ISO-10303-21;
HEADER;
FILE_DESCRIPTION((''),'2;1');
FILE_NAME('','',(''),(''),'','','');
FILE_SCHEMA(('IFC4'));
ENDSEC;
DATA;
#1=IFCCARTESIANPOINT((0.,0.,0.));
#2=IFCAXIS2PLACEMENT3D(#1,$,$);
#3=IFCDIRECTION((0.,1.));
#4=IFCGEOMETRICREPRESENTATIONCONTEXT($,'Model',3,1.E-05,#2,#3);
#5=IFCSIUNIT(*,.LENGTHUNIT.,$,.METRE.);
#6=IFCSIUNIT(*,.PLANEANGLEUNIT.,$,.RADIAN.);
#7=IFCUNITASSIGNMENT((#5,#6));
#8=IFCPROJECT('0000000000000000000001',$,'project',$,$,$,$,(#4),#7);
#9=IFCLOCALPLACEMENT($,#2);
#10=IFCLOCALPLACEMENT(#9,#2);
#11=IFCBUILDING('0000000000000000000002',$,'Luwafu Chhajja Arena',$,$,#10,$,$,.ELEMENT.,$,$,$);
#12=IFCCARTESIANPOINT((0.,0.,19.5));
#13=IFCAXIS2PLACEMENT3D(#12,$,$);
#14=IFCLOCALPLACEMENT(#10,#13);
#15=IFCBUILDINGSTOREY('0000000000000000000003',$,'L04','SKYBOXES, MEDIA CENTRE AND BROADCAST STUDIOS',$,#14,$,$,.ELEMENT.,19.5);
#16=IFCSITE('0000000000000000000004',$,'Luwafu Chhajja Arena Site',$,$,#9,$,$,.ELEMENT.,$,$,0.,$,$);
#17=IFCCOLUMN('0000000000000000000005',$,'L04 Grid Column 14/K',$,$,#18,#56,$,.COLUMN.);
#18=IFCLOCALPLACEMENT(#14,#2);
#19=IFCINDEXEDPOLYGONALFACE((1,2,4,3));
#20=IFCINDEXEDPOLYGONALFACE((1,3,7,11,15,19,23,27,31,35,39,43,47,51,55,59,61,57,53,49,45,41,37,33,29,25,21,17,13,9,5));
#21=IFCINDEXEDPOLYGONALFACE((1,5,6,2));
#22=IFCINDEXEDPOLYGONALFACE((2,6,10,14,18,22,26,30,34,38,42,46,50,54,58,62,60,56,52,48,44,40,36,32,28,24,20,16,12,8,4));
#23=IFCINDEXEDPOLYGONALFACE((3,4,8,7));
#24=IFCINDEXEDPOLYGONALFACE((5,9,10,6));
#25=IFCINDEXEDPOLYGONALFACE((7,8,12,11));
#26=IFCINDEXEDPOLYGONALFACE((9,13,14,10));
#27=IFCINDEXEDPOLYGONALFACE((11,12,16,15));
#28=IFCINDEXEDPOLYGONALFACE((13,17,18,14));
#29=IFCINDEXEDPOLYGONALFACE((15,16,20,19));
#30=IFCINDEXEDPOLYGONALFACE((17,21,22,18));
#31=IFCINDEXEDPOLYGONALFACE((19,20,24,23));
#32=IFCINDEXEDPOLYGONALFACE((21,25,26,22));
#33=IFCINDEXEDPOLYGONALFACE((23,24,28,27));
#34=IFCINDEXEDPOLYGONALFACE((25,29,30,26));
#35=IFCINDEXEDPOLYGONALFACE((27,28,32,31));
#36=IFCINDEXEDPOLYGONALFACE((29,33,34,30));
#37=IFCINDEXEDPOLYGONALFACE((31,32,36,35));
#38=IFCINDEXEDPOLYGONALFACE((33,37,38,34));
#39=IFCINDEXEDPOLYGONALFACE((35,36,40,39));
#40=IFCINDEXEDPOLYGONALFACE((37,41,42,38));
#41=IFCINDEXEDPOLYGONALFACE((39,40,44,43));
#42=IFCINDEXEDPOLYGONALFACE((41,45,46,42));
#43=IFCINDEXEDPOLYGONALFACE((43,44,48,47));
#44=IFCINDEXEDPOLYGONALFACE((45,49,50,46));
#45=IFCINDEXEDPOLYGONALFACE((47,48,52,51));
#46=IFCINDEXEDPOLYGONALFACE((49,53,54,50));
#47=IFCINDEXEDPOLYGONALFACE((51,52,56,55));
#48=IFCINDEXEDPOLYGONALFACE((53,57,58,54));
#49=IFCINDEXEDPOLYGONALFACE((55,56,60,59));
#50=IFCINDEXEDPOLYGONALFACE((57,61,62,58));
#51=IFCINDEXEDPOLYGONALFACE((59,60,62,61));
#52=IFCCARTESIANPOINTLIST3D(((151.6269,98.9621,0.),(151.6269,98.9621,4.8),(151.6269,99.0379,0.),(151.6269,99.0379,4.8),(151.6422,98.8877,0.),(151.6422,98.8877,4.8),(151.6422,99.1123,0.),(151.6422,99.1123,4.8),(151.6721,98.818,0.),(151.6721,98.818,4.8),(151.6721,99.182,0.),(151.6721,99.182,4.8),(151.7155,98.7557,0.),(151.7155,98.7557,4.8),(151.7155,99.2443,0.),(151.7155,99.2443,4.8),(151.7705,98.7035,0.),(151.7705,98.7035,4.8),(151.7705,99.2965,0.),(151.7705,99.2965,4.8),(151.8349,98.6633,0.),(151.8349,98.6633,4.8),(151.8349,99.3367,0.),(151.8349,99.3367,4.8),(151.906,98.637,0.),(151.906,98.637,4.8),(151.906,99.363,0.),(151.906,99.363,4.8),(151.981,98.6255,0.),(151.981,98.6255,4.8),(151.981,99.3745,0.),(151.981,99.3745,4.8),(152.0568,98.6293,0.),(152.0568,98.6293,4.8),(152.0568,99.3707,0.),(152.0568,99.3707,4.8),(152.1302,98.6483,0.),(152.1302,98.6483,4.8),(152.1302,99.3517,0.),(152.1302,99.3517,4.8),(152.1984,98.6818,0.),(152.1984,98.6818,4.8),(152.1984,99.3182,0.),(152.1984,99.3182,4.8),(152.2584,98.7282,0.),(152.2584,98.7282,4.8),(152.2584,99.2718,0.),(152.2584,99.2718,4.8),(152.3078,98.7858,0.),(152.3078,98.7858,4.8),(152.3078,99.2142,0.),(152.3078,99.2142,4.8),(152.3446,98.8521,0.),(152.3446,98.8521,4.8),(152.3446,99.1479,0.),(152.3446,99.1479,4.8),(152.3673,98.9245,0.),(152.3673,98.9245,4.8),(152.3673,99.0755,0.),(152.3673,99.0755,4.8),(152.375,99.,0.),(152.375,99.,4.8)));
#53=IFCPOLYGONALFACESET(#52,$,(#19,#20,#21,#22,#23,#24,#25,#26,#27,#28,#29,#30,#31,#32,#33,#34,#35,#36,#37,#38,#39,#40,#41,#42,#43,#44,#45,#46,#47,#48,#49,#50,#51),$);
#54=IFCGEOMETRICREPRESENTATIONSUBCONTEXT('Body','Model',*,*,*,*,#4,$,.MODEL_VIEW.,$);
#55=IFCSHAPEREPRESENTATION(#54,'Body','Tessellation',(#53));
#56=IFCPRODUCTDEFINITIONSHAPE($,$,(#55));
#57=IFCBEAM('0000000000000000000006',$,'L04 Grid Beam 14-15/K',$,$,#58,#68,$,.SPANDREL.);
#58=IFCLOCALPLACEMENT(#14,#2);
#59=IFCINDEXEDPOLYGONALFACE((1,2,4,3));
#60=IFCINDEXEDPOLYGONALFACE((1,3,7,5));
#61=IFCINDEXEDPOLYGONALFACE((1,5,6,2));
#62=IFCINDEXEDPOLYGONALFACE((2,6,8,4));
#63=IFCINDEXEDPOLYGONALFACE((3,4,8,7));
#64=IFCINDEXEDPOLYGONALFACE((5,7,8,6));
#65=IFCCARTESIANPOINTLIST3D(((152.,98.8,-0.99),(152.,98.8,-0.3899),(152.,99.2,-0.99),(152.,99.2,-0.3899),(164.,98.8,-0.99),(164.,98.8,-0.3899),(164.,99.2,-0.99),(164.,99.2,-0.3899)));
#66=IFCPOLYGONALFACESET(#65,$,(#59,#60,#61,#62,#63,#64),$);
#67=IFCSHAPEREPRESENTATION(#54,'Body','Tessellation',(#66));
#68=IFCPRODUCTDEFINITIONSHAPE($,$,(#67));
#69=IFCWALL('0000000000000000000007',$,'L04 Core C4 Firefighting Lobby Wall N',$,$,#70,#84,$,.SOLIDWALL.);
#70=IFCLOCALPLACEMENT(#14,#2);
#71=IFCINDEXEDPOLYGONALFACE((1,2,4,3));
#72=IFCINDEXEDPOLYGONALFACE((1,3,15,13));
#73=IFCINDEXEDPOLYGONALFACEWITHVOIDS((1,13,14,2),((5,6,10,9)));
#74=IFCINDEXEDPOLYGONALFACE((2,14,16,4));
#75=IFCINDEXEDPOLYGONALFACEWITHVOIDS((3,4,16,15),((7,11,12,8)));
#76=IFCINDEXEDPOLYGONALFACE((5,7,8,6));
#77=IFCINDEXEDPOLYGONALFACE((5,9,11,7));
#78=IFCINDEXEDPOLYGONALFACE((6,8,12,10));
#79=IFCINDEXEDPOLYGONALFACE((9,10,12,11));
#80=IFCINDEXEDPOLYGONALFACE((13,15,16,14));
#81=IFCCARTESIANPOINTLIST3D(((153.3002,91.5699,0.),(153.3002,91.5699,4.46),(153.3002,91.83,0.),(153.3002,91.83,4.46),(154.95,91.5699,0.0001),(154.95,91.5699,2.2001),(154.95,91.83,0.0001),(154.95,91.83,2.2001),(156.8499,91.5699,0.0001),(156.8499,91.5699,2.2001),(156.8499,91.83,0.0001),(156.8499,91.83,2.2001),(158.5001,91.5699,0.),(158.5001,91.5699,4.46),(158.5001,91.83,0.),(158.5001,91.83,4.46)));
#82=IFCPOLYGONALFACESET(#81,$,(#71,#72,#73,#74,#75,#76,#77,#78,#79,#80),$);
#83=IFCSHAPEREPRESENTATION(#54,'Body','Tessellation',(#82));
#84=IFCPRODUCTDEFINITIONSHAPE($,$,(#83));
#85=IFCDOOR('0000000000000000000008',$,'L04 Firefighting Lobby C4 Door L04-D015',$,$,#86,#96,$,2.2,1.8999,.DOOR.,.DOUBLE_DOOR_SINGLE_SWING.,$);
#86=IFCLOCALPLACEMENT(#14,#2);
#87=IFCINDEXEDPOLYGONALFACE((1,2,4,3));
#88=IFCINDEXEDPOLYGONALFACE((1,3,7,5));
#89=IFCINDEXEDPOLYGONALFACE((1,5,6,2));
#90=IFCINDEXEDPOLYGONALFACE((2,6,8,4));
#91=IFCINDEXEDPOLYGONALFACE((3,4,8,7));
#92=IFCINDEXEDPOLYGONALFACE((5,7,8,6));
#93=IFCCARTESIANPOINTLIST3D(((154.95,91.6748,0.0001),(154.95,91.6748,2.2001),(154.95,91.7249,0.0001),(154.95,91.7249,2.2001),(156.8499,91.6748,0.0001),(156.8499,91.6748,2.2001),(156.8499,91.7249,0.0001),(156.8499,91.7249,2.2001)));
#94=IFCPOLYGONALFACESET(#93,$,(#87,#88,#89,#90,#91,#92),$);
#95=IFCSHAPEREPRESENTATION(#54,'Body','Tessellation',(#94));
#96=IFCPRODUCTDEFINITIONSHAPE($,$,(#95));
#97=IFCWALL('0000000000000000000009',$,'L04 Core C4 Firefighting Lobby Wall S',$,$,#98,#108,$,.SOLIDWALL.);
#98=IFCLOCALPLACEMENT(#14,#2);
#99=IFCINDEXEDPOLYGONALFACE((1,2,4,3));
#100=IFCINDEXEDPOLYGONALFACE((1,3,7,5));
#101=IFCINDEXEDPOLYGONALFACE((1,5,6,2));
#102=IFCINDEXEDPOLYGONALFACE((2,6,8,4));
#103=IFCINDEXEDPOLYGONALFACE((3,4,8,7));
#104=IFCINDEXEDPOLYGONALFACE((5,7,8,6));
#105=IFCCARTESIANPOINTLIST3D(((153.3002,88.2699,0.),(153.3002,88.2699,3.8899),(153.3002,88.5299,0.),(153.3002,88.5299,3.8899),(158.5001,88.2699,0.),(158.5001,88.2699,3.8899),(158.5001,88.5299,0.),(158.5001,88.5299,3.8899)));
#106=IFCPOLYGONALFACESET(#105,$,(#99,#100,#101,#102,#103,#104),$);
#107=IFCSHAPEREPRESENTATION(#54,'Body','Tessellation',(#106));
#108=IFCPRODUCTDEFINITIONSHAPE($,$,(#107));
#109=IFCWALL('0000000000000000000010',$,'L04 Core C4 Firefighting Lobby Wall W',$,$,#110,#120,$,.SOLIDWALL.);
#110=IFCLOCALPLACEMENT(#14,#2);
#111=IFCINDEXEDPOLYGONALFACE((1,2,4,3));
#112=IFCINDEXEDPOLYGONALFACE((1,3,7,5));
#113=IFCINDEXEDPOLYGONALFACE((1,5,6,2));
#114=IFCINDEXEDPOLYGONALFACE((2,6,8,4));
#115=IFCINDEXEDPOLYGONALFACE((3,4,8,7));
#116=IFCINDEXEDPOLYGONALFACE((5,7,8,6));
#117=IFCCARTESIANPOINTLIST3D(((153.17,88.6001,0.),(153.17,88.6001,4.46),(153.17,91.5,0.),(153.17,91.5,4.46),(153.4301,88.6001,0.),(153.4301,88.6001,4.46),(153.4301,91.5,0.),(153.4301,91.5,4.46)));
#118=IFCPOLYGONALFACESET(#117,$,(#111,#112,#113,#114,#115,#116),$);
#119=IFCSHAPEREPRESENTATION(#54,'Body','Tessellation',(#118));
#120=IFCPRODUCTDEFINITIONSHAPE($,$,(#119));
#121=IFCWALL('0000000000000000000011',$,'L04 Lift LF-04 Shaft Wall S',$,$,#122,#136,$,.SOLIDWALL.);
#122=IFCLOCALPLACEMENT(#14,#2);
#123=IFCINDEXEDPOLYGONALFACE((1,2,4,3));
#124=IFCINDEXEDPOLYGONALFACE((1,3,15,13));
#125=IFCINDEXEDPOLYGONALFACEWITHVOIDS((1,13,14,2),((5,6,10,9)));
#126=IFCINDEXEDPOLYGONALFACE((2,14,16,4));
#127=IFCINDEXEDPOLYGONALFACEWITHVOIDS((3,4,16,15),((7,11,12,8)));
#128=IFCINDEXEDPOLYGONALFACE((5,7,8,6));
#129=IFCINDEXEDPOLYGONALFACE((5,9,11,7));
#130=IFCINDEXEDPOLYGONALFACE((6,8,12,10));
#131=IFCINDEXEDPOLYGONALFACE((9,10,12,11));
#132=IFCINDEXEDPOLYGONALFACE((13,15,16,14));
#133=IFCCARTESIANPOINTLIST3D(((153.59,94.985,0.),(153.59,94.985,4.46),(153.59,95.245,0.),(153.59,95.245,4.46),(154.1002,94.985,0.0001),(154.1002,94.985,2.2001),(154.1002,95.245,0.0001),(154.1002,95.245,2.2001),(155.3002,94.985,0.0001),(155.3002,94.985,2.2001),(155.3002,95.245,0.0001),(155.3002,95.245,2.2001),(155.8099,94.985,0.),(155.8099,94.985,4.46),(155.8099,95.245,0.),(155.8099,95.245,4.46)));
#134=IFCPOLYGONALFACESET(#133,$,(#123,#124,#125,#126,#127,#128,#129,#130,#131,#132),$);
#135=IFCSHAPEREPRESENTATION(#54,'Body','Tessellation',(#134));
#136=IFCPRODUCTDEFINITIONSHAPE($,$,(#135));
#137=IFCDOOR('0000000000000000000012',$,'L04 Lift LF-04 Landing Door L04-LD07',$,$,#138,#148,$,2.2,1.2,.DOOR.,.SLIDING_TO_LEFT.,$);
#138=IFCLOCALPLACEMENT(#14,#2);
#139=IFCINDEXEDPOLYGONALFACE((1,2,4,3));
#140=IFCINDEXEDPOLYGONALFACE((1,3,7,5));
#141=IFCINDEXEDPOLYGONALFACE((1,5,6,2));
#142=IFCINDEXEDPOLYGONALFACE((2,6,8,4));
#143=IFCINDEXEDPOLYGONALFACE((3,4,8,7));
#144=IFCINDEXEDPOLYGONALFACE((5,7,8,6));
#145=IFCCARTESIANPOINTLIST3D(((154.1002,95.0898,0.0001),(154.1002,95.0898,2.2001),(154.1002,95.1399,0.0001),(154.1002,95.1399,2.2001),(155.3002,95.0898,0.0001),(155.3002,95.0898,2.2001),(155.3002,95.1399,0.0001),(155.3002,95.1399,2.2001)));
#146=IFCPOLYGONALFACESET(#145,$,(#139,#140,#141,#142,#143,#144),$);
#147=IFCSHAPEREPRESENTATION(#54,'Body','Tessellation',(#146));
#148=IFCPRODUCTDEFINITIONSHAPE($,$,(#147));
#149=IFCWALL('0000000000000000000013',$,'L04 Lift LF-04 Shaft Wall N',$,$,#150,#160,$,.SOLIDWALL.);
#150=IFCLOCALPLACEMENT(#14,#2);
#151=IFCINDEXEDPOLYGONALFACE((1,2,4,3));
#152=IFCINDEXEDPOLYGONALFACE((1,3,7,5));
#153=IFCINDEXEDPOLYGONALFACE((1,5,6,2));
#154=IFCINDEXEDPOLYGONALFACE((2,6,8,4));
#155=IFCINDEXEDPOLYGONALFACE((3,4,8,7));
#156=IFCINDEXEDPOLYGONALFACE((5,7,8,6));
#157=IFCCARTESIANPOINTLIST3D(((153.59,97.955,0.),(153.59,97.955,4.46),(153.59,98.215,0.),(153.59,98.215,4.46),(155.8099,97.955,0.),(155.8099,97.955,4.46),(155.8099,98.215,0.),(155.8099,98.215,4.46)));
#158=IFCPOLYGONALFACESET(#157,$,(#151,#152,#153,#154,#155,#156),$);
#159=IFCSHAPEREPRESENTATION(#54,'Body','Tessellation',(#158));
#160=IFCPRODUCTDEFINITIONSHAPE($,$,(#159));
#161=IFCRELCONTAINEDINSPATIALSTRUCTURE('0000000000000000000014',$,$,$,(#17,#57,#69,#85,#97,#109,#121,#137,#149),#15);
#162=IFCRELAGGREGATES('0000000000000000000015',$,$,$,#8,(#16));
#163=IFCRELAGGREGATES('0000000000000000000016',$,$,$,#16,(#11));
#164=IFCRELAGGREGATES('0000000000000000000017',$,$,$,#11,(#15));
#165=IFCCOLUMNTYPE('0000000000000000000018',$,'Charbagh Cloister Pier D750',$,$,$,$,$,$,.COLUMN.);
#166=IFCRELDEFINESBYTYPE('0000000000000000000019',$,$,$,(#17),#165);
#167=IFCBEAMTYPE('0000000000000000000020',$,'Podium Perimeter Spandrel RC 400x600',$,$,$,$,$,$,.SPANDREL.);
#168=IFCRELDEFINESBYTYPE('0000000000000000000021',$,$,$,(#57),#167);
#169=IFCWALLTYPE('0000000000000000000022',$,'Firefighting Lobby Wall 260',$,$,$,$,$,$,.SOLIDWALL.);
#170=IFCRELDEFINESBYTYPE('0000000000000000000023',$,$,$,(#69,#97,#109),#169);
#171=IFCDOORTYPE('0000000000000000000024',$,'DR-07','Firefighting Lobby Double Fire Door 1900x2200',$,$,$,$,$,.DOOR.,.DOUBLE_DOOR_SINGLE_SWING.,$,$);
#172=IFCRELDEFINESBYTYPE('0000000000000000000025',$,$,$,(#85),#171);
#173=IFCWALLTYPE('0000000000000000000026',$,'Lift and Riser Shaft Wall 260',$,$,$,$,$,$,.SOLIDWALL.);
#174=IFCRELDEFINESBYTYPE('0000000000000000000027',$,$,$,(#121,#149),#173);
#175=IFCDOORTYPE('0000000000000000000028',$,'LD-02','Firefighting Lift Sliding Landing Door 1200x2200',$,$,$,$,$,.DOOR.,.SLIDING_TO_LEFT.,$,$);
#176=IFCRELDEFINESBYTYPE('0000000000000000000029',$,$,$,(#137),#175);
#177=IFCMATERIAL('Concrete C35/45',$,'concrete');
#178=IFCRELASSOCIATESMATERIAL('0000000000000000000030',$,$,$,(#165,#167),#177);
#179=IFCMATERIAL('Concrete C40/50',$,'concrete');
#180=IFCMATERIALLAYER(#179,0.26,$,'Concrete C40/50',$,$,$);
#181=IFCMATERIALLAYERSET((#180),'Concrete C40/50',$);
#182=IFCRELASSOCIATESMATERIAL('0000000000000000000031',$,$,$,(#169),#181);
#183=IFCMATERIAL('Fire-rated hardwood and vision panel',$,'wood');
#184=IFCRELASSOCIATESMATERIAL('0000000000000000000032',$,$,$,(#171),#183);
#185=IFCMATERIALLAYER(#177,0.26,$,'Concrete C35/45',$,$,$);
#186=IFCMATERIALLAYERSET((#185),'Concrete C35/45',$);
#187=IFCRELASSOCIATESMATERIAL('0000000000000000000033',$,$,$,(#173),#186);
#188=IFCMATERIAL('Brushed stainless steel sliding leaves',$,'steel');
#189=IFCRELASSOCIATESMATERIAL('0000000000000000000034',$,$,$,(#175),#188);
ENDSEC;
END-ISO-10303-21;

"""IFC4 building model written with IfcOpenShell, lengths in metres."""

from ifc_helpers import new_model, si_unit, direction, frame, frame_2d, origin, origin_2d, place, context, subcontext, project, spatial, rectangle, circle, extrude, material, layer, layer_set, material_profile, profile_set, type_object, element, fill, save


model = new_model("IFC4")

# Units and contexts
model_context = context("Model", 3, precision=1e-05, world=origin(), true_north=direction((0.0, 1.0)))
body_context = subcontext(model_context, "Body", "Model", "MODEL_VIEW")
ifc_project = project(units=[si_unit("LENGTHUNIT", "METRE"), si_unit("PLANEANGLEUNIT", "RADIAN")], contexts=[model_context])

# Site, building, storey
site_placement = place(None, origin())
site = spatial("IfcSite", under=ifc_project, at=site_placement, Name="Luwafu Chhajja Arena Site", CompositionType="ELEMENT", RefElevation=0.0)
building_placement = place(site_placement, origin())
building = spatial("IfcBuilding", under=site, at=building_placement, Name="Luwafu Chhajja Arena", CompositionType="ELEMENT")
storey_placement = place(building_placement, frame((0.0, 0.0, 19.5)))
storey = spatial("IfcBuildingStorey", under=building, at=storey_placement, Name="L04", Description="SKYBOXES, MEDIA CENTRE AND BROADCAST STUDIOS", CompositionType="ELEMENT", Elevation=19.5)

# Column
ifc_material_1 = material(Name="Concrete C35/45", Category="concrete")
ifc_material_profile_1 = material_profile(ifc_material_1, circle(Radius=0.375, at=origin_2d()), Name="RC COL D750")
ifc_profile_set_1 = profile_set([ifc_material_profile_1], Name="Concrete C35/45")
column_type = type_object("IfcColumnType", Name="Charbagh Cloister Pier D750", PredefinedType="COLUMN", material=ifc_profile_set_1)
column_placement = place(storey_placement, frame((152.0, 99.0, 0.0), z_axis=(0.0, 0.0, 1.0), x_axis=(1.0, 0.0, 0.0)))
element("IfcColumn", 1, at=column_placement, inside=storey, type_object=column_type, Name="L04 Grid Column 14/K", PredefinedType="COLUMN", context=body_context, shape_type="SweptSolid", body=[
    extrude(circle(Radius=0.375, at=origin_2d()), origin(), (0.0, 0.0, 1.0), 4.8),
])

# Beam
ifc_material_profile_2 = material_profile(ifc_material_1, rectangle(XDim=0.3999, YDim=0.6001, at=origin_2d()), Name="RC 400x600")
ifc_profile_set_2 = profile_set([ifc_material_profile_2], Name="Concrete C35/45")
beam_type = type_object("IfcBeamType", Name="Podium Perimeter Spandrel RC 400x600", PredefinedType="SPANDREL", material=ifc_profile_set_2)
beam_placement = place(storey_placement, frame((152.0, 99.0, -0.6899), z_axis=(1.0, 0.0, 0.0), x_axis=(0.0, 1.0, 0.0)))
element("IfcBeam", 2, at=beam_placement, inside=storey, type_object=beam_type, Name="L04 Grid Beam 14-15/K", PredefinedType="SPANDREL", context=body_context, shape_type="SweptSolid", body=[
    extrude(rectangle(XDim=0.3999, YDim=0.6001, at=origin_2d()), origin(), (0.0, 0.0, 1.0), 12.0),
])

# Wall, opening, door
ifc_material_2 = material(Name="Concrete C40/50", Category="concrete")
ifc_layer_1 = layer(ifc_material_2, 0.26, Name="Concrete C40/50")
ifc_layer_set_1 = layer_set([ifc_layer_1], Name="Concrete C40/50")
wall_type_1 = type_object("IfcWallType", Name="Firefighting Lobby Wall 260", PredefinedType="SOLIDWALL", material=ifc_layer_set_1)
wall_1_placement = place(storey_placement, frame((153.3, 91.7, 0.0), z_axis=(0.0, 0.0, 1.0), x_axis=(1.0, 0.0, 0.0)))
wall_1 = element("IfcWall", 3, at=wall_1_placement, inside=storey, type_object=wall_type_1, Name="L04 Core C4 Firefighting Lobby Wall N", PredefinedType="SOLIDWALL", context=body_context, shape_type="SweptSolid", body=[
    extrude(rectangle(XDim=5.2, YDim=0.26, at=frame_2d((2.6001, 0.0))), origin(), (0.0, 0.0, 1.0), 4.46),
])
opening_1_placement = place(wall_1_placement, frame((1.6499, 0.0, 0.0)))
opening_1 = element("IfcOpeningElement", 4, at=opening_1_placement, cuts=wall_1, PredefinedType="OPENING", context=body_context, shape_type="SweptSolid", body=[
    extrude(rectangle(XDim=1.8999, YDim=2.2, at=frame_2d((0.95, 1.1001))), frame((0.0, 0.1399, 0.0), z_axis=(0.0, -1.0, 0.0), x_axis=(1.0, 0.0, 0.0)), (0.0, 0.0, 1.0), 0.28),
])
ifc_material_3 = material(Name="Fire-rated hardwood and vision panel", Category="wood")
door_type_1 = type_object("IfcDoorType", Name="DR-07", Description="Firefighting Lobby Double Fire Door 1900x2200", OperationType="DOUBLE_DOOR_SINGLE_SWING", PredefinedType="DOOR", material=ifc_material_3)
door_1_placement = place(opening_1_placement, origin())
door_1 = element("IfcDoor", 5, at=door_1_placement, inside=storey, type_object=door_type_1, Name="L04 Firefighting Lobby C4 Door L04-D015", OperationType="DOUBLE_DOOR_SINGLE_SWING", OverallHeight=2.2, OverallWidth=1.8999, PredefinedType="DOOR", context=body_context, shape_type="SweptSolid", body=[
    extrude(rectangle(XDim=1.8999, YDim=2.2, at=frame_2d((0.95, 1.1001))), frame((0.0, 0.0249, 0.0), z_axis=(0.0, -1.0, 0.0), x_axis=(1.0, 0.0, 0.0)), (0.0, 0.0, 1.0), 0.05),
])
fill(opening_1, door_1)

# Walls
wall_2_placement = place(storey_placement, frame((153.3, 88.3999, 0.0), z_axis=(0.0, 0.0, 1.0), x_axis=(1.0, 0.0, 0.0)))
element("IfcWall", 6, at=wall_2_placement, inside=storey, type_object=wall_type_1, Name="L04 Core C4 Firefighting Lobby Wall S", PredefinedType="SOLIDWALL", context=body_context, shape_type="SweptSolid", body=[
    extrude(rectangle(XDim=5.2, YDim=0.26, at=frame_2d((2.6001, 0.0))), origin(), (0.0, 0.0, 1.0), 3.8899),
])
wall_3_placement = place(storey_placement, frame((153.3, 88.6001, 0.0), z_axis=(0.0, 0.0, 1.0), x_axis=(0.0, 1.0, 0.0)))
element("IfcWall", 7, at=wall_3_placement, inside=storey, type_object=wall_type_1, Name="L04 Core C4 Firefighting Lobby Wall W", PredefinedType="SOLIDWALL", context=body_context, shape_type="SweptSolid", body=[
    extrude(rectangle(XDim=2.8999, YDim=0.26, at=frame_2d((1.45, 0.0))), origin(), (0.0, 0.0, 1.0), 4.46),
])

# Wall, opening, door
ifc_layer_2 = layer(ifc_material_1, 0.26, Name="Concrete C35/45")
ifc_layer_set_2 = layer_set([ifc_layer_2], Name="Concrete C35/45")
wall_type_2 = type_object("IfcWallType", Name="Lift and Riser Shaft Wall 260", PredefinedType="SOLIDWALL", material=ifc_layer_set_2)
wall_4_placement = place(storey_placement, frame((153.5901, 95.115, 0.0), z_axis=(0.0, 0.0, 1.0), x_axis=(1.0, 0.0, 0.0)))
wall_4 = element("IfcWall", 8, at=wall_4_placement, inside=storey, type_object=wall_type_2, Name="L04 Lift LF-04 Shaft Wall S", PredefinedType="SOLIDWALL", context=body_context, shape_type="SweptSolid", body=[
    extrude(rectangle(XDim=2.22, YDim=0.26, at=frame_2d((1.1099, 0.0))), origin(), (0.0, 0.0, 1.0), 4.46),
])
opening_2_placement = place(wall_4_placement, frame((0.51, 0.0, 0.0)))
opening_2 = element("IfcOpeningElement", 9, at=opening_2_placement, cuts=wall_4, PredefinedType="OPENING", context=body_context, shape_type="SweptSolid", body=[
    extrude(rectangle(XDim=1.2, YDim=2.2, at=frame_2d((0.6001, 1.1001))), frame((0.0, 0.1399, 0.0), z_axis=(0.0, -1.0, 0.0), x_axis=(1.0, 0.0, 0.0)), (0.0, 0.0, 1.0), 0.28),
])
ifc_material_4 = material(Name="Brushed stainless steel sliding leaves", Category="steel")
door_type_2 = type_object("IfcDoorType", Name="LD-02", Description="Firefighting Lift Sliding Landing Door 1200x2200", OperationType="SLIDING_TO_LEFT", PredefinedType="DOOR", material=ifc_material_4)
door_2_placement = place(opening_2_placement, origin())
door_2 = element("IfcDoor", 10, at=door_2_placement, inside=storey, type_object=door_type_2, Name="L04 Lift LF-04 Landing Door L04-LD07", OperationType="SLIDING_TO_LEFT", OverallHeight=2.2, OverallWidth=1.2, PredefinedType="DOOR", context=body_context, shape_type="SweptSolid", body=[
    extrude(rectangle(XDim=1.2, YDim=2.2, at=frame_2d((0.6001, 1.1001))), frame((0.0, 0.0249, 0.0), z_axis=(0.0, -1.0, 0.0), x_axis=(1.0, 0.0, 0.0)), (0.0, 0.0, 1.0), 0.05),
])
fill(opening_2, door_2)

# Wall
wall_5_placement = place(storey_placement, frame((153.5901, 98.085, 0.0), z_axis=(0.0, 0.0, 1.0), x_axis=(1.0, 0.0, 0.0)))
element("IfcWall", 11, at=wall_5_placement, inside=storey, type_object=wall_type_2, Name="L04 Lift LF-04 Shaft Wall N", PredefinedType="SOLIDWALL", context=body_context, shape_type="SweptSolid", body=[
    extrude(rectangle(XDim=2.22, YDim=0.26, at=frame_2d((1.1099, 0.0))), origin(), (0.0, 0.0, 1.0), 4.46),
])

save(model, "model.ifc")
